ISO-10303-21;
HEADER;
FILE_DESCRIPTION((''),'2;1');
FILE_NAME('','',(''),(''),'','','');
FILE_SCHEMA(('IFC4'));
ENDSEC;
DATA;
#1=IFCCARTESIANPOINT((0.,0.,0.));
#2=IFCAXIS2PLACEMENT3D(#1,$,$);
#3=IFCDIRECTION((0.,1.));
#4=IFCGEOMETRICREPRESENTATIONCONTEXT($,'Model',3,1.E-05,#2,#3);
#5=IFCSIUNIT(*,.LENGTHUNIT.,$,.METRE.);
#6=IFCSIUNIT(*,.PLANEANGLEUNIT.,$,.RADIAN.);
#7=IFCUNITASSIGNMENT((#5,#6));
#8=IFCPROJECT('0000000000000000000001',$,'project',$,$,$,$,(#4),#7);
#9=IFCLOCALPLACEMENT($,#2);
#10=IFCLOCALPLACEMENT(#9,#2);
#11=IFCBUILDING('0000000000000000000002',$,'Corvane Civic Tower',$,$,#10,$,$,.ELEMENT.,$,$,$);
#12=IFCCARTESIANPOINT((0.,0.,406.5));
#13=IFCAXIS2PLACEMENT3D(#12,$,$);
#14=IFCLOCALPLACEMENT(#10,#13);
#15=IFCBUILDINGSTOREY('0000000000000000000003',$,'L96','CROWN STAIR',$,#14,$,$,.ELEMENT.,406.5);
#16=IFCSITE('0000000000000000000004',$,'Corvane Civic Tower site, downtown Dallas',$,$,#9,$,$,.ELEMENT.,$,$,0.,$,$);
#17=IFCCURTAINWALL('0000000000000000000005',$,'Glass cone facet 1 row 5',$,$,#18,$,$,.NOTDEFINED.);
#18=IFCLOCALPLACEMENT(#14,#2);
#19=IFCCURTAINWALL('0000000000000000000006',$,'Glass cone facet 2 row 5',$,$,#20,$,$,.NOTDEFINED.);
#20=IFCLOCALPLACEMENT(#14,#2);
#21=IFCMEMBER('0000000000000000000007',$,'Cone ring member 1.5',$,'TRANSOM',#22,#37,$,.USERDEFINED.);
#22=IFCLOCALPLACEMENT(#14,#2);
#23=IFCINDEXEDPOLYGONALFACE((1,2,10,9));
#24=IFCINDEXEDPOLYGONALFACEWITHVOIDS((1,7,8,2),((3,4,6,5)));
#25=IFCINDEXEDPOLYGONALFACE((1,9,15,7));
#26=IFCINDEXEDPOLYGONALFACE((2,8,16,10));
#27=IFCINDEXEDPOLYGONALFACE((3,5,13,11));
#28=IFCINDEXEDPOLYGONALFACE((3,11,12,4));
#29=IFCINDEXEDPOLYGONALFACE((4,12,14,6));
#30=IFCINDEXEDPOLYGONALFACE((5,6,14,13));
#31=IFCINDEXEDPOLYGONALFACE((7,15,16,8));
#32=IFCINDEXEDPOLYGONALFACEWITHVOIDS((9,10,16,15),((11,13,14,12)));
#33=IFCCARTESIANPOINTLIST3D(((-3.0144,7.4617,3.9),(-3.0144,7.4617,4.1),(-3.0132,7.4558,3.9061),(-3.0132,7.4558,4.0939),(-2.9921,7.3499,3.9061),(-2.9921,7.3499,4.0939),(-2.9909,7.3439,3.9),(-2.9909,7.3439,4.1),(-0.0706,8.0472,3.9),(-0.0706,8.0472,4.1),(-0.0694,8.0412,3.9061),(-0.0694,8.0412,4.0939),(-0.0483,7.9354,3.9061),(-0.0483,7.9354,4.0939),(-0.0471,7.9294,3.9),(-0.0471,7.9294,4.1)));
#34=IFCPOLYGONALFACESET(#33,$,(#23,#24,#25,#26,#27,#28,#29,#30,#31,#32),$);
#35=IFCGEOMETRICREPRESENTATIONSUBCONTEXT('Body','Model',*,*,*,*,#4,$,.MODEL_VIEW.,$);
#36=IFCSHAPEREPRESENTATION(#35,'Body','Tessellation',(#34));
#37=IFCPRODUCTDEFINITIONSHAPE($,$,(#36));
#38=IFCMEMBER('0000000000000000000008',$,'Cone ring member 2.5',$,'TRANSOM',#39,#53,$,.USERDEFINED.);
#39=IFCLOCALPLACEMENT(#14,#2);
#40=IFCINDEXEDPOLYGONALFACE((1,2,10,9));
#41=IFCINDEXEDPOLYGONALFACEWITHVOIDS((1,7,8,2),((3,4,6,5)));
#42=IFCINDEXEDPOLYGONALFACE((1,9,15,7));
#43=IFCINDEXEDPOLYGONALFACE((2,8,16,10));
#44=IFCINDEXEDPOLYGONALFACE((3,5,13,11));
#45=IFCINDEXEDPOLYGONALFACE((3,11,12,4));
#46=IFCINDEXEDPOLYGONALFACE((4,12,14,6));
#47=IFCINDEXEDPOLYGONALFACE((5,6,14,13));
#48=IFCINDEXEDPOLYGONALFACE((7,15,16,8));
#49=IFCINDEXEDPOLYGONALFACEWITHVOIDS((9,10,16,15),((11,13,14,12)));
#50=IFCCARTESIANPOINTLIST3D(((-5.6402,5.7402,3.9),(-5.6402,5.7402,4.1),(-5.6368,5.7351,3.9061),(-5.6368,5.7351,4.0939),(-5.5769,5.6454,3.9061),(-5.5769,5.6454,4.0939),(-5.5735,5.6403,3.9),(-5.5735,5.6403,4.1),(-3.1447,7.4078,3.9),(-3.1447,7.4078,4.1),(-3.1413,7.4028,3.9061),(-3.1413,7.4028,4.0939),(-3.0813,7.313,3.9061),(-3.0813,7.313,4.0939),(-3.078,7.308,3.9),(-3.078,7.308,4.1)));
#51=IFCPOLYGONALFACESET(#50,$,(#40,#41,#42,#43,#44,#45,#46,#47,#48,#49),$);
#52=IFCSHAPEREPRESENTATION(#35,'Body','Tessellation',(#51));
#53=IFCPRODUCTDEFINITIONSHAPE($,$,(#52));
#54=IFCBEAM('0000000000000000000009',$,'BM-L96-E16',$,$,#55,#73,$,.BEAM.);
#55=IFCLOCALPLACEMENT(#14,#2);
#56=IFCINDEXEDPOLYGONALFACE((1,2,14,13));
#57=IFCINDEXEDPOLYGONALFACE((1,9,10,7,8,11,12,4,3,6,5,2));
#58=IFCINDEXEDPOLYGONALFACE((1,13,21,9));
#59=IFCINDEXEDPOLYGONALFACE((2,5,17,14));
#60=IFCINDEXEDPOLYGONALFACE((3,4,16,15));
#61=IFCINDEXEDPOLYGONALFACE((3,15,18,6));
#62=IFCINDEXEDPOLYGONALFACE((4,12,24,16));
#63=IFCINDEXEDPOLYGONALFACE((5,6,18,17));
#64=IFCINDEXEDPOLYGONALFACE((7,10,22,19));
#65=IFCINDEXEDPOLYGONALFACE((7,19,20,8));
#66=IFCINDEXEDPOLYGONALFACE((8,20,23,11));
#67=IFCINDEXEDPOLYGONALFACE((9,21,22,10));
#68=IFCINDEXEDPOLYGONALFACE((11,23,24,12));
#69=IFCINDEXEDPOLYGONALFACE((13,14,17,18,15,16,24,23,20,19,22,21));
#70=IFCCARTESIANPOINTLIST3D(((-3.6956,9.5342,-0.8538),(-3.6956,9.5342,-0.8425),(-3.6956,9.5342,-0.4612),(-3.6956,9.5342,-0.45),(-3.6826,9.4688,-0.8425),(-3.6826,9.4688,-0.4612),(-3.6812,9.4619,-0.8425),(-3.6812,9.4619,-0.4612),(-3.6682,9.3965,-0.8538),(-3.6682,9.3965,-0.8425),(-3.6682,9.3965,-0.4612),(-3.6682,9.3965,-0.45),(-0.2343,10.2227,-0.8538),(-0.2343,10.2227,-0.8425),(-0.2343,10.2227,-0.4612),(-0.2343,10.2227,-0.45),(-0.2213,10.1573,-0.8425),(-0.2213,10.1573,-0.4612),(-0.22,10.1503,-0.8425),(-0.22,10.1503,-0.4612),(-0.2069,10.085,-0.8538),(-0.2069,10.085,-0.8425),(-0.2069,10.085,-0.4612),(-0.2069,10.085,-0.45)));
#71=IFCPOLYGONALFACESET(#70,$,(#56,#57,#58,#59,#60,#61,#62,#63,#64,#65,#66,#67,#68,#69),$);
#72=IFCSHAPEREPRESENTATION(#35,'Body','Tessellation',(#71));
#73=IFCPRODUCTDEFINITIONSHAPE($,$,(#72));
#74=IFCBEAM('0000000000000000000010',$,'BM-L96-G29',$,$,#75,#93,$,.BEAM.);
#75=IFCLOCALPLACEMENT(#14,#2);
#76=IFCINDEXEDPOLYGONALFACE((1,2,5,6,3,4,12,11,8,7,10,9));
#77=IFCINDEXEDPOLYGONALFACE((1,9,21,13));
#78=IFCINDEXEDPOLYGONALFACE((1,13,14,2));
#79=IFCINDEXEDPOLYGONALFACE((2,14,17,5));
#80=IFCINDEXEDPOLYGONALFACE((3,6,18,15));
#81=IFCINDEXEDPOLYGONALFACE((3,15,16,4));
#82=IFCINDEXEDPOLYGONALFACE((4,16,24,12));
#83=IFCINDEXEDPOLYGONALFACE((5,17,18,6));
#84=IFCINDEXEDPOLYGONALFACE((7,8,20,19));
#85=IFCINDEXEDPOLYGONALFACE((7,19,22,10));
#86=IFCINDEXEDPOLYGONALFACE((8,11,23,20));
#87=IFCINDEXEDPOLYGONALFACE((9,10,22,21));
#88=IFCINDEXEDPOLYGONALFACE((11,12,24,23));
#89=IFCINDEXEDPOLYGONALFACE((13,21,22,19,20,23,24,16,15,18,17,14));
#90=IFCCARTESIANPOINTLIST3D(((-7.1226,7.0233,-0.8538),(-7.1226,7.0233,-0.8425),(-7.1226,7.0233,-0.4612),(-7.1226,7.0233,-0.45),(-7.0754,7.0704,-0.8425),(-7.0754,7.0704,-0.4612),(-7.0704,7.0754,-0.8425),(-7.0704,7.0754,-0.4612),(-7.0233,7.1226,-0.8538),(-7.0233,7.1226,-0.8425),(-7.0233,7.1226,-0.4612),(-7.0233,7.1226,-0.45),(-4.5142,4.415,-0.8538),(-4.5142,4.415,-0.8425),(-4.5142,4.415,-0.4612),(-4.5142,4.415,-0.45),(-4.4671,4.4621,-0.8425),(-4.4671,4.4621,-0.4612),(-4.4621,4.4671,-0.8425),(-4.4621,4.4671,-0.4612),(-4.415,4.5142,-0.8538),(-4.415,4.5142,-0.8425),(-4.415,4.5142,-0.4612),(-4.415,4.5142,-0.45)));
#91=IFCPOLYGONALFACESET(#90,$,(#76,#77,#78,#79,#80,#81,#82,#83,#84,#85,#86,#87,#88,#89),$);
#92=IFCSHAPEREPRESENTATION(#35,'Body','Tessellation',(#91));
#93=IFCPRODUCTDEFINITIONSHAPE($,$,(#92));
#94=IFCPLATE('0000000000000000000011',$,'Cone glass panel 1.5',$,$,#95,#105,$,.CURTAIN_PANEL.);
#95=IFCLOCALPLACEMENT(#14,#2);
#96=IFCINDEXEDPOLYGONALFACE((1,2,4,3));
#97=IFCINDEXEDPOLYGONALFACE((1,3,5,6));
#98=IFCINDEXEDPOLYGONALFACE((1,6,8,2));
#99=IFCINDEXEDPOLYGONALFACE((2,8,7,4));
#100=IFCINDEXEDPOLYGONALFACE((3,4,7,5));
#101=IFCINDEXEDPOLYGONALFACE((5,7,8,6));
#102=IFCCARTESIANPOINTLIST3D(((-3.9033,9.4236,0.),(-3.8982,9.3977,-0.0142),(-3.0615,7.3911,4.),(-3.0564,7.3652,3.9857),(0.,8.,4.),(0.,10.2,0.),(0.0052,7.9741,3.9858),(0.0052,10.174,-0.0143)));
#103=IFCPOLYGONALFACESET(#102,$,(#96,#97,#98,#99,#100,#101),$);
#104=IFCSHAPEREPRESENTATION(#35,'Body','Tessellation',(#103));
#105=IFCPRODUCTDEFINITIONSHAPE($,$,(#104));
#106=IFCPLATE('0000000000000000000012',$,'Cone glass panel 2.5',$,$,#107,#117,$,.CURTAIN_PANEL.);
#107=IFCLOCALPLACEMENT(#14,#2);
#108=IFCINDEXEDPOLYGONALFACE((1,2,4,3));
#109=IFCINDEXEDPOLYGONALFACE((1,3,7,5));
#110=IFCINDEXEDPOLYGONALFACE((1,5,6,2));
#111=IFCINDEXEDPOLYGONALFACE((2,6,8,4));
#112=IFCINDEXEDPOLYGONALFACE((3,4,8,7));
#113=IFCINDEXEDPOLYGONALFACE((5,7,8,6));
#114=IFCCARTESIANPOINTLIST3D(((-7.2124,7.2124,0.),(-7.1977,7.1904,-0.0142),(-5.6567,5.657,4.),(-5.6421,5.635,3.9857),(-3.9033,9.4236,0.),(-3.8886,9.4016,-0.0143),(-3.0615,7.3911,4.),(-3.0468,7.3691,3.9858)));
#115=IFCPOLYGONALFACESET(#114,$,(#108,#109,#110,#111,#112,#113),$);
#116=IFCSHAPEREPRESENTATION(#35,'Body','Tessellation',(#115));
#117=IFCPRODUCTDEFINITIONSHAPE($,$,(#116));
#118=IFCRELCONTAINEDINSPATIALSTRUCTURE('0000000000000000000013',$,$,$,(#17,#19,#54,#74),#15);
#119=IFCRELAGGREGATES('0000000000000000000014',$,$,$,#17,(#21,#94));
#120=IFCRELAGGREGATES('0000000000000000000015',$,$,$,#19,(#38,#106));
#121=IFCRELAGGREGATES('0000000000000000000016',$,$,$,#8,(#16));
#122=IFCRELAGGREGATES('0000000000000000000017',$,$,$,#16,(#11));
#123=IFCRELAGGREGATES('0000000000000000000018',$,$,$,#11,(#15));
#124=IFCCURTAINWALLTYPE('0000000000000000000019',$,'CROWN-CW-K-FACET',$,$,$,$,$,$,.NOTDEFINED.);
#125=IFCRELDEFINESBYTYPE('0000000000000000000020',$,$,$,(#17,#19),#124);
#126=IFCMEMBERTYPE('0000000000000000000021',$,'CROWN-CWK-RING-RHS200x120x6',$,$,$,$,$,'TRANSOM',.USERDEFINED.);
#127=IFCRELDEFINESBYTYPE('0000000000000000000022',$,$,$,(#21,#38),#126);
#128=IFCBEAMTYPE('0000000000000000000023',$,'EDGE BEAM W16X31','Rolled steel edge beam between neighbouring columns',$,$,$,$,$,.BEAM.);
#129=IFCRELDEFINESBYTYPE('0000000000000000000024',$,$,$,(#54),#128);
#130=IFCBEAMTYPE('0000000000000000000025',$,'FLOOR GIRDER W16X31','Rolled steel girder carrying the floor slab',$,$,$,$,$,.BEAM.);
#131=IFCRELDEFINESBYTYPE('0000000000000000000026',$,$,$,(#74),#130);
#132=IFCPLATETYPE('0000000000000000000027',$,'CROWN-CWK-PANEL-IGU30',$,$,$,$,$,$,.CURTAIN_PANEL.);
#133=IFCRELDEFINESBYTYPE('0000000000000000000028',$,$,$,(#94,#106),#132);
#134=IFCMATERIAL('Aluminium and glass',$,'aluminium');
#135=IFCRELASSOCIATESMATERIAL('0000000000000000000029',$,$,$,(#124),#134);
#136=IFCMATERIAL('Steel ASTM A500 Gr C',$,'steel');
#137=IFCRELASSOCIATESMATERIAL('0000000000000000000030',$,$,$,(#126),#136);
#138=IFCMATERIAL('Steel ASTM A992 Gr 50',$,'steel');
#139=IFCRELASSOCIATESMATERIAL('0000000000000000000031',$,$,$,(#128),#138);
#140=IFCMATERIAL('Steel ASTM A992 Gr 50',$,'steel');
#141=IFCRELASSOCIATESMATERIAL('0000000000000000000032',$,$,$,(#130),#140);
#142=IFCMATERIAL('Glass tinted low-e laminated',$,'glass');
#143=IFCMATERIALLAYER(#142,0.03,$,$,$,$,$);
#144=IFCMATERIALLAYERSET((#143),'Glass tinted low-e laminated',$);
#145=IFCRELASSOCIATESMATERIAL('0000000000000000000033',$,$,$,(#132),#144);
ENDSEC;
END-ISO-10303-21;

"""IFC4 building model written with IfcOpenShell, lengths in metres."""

from ifc_helpers import new_model, si_unit, direction, frame, origin, origin_2d, place, context, subcontext, project, spatial, polyline, hollow_rectangle, i_section, outline, extrude, material, layer, layer_set, material_profile, profile_set, type_object, element, aggregate, save


model = new_model("IFC4")

# Units and contexts
model_context = context("Model", 3, precision=1e-05, world=origin(), true_north=direction((0.0, 1.0)))
body_context = subcontext(model_context, "Body", "Model", "MODEL_VIEW")
ifc_project = project(units=[si_unit("LENGTHUNIT", "METRE"), si_unit("PLANEANGLEUNIT", "RADIAN")], contexts=[model_context])

# Site, building, storey
site_placement = place(None, origin())
site = spatial("IfcSite", under=ifc_project, at=site_placement, Name="Corvane Civic Tower site, downtown Dallas", CompositionType="ELEMENT", RefElevation=0.0)
building_placement = place(site_placement, origin())
building = spatial("IfcBuilding", under=site, at=building_placement, Name="Corvane Civic Tower", CompositionType="ELEMENT")
storey_placement = place(building_placement, frame((0.0, 0.0, 406.5)))
storey = spatial("IfcBuildingStorey", under=building, at=storey_placement, Name="L96", Description="CROWN STAIR", CompositionType="ELEMENT", Elevation=406.5)

# Curtain wall
ifc_material_1 = material(Name="Aluminium and glass", Category="aluminium")
curtain_wall_type = type_object("IfcCurtainWallType", Name="CROWN-CW-K-FACET", PredefinedType="NOTDEFINED", material=ifc_material_1)
curtain_wall_1_placement = place(storey_placement, origin())
curtain_wall_1 = element("IfcCurtainWall", 1, at=curtain_wall_1_placement, inside=storey, type_object=curtain_wall_type, Name="Glass cone facet 1 row 5", PredefinedType="NOTDEFINED")

# Curtain wall
curtain_wall_2_placement = place(storey_placement, origin())
curtain_wall_2 = element("IfcCurtainWall", 2, at=curtain_wall_2_placement, inside=storey, type_object=curtain_wall_type, Name="Glass cone facet 2 row 5", PredefinedType="NOTDEFINED")

# Members
ifc_material_2 = material(Name="Steel ASTM A500 Gr C", Category="steel")
ifc_material_profile_1 = material_profile(ifc_material_2, hollow_rectangle(XDim=0.1201, YDim=0.2, WallThickness=0.0061, at=origin_2d()), Name="RHS 200x120x6")
ifc_profile_set_1 = profile_set([ifc_material_profile_1], Name="Steel ASTM A500 Gr C")
member_type_1 = type_object("IfcMemberType", Name="CROWN-CWK-RING-RHS200x120x6", ElementType="TRANSOM", PredefinedType="USERDEFINED", material=ifc_profile_set_1)
member_1_placement = place(storey_placement, frame((-0.0588, 7.9883, 4.0), z_axis=(-0.980793, -0.195052, 0.0), x_axis=(0.195052, -0.980793, 0.0)))
member_1 = element("IfcMember", 3, at=member_1_placement, type_object=member_type_1, Name="Cone ring member 1.5", ObjectType="TRANSOM", PredefinedType="USERDEFINED", context=body_context, shape_type="SweptSolid", body=[
    extrude(hollow_rectangle(XDim=0.1201, YDim=0.2, WallThickness=0.0061, at=origin_2d()), origin(), (0.0, 0.0, 1.0), 3.0015),
])
member_2_placement = place(storey_placement, frame((-3.1113, 7.3579, 4.0), z_axis=(-0.831437, -0.55562, 0.0), x_axis=(0.55562, -0.831437, 0.0)))
member_2 = element("IfcMember", 4, at=member_2_placement, type_object=member_type_1, Name="Cone ring member 2.5", ObjectType="TRANSOM", PredefinedType="USERDEFINED", context=body_context, shape_type="SweptSolid", body=[
    extrude(hollow_rectangle(XDim=0.1201, YDim=0.2, WallThickness=0.0061, at=origin_2d()), origin(), (0.0, 0.0, 1.0), 3.0015),
])

# Beams
ifc_material_3 = material(Name="Steel ASTM A992 Gr 50", Category="steel")
ifc_material_profile_2 = material_profile(ifc_material_3, i_section(OverallWidth=0.1404, OverallDepth=0.4038, WebThickness=0.0071, FlangeThickness=0.0112, at=origin_2d()), Name="W16X31")
ifc_profile_set_2 = profile_set([ifc_material_profile_2], Name="Steel ASTM A992 Gr 50")
beam_type_1 = type_object("IfcBeamType", Name="EDGE BEAM W16X31", Description="Rolled steel edge beam between neighbouring columns", PredefinedType="BEAM", material=ifc_profile_set_2)
beam_1_placement = place(storey_placement, frame((-3.6819, 9.4653, -0.6519), z_axis=(0.980785, 0.195092, 0.0), x_axis=(-0.195092, 0.980785, 0.0)))
element("IfcBeam", 5, at=beam_1_placement, inside=storey, type_object=beam_type_1, Name="BM-L96-E16", PredefinedType="BEAM", context=body_context, shape_type="SweptSolid", body=[
    extrude(i_section(OverallWidth=0.1404, OverallDepth=0.4038, WebThickness=0.0071, FlangeThickness=0.0112, at=origin_2d()), origin(), (0.0, 0.0, 1.0), 3.5291),
])
ifc_material_4 = material(Name="Steel ASTM A992 Gr 50", Category="steel")
ifc_material_profile_3 = material_profile(ifc_material_4, i_section(OverallWidth=0.1404, OverallDepth=0.4038, WebThickness=0.0071, FlangeThickness=0.0112, at=origin_2d()), Name="W16X31")
ifc_profile_set_3 = profile_set([ifc_material_profile_3], Name="Steel ASTM A992 Gr 50")
beam_type_2 = type_object("IfcBeamType", Name="FLOOR GIRDER W16X31", Description="Rolled steel girder carrying the floor slab", PredefinedType="BEAM", material=ifc_profile_set_3)
beam_2_placement = place(storey_placement, frame((-4.4646, 4.4646, -0.6519), z_axis=(-0.707107, 0.707107, 0.0), x_axis=(-0.707107, -0.707107, 0.0)))
element("IfcBeam", 6, at=beam_2_placement, inside=storey, type_object=beam_type_2, Name="BM-L96-G29", PredefinedType="BEAM", context=body_context, shape_type="SweptSolid", body=[
    extrude(i_section(OverallWidth=0.1404, OverallDepth=0.4038, WebThickness=0.0071, FlangeThickness=0.0112, at=origin_2d()), origin(), (0.0, 0.0, 1.0), 3.6887),
])

# Plates
ifc_material_5 = material(Name="Glass tinted low-e laminated", Category="glass")
ifc_layer_1 = layer(ifc_material_5, 0.03)
ifc_layer_set_1 = layer_set([ifc_layer_1], Name="Glass tinted low-e laminated")
plate_type = type_object("IfcPlateType", Name="CROWN-CWK-PANEL-IGU30", PredefinedType="CURTAIN_PANEL", material=ifc_layer_set_1)
plate_1_placement = place(storey_placement, frame((0.0, 10.2, 0.0), z_axis=(-0.171686, 0.863212, 0.474751), x_axis=(-0.980789, -0.195073, 0.000003)))
plate_1 = element("IfcPlate", 7, at=plate_1_placement, type_object=plate_type, Name="Cone glass panel 1.5", PredefinedType="CURTAIN_PANEL", context=body_context, shape_type="SweptSolid", body=[
    extrude(outline(polyline([(0.0, 0.0), (3.9798, 0.0), (3.5506, 4.5448), (0.4292, 4.5448), (0.0, 0.0)])), origin(), (0.0, 0.0, -1.0), 0.03),
])
aggregate(curtain_wall_1, [member_1, plate_1])
plate_2_placement = place(storey_placement, frame((-3.9033, 9.4236, 0.0), z_axis=(-0.488988, 0.731788, 0.474738), x_axis=(-0.831457, -0.555589, 0.000002)))
plate_2 = element("IfcPlate", 8, at=plate_2_placement, type_object=plate_type, Name="Cone glass panel 2.5", PredefinedType="CURTAIN_PANEL", context=body_context, shape_type="SweptSolid", body=[
    extrude(outline(polyline([(0.0, 0.0), (3.9799, 0.0), (3.5506, 4.5448), (0.4293, 4.5448), (0.0, 0.0)])), origin(), (0.0, 0.0, -1.0), 0.03),
])
aggregate(curtain_wall_2, [member_2, plate_2])

save(model, "model.ifc")
